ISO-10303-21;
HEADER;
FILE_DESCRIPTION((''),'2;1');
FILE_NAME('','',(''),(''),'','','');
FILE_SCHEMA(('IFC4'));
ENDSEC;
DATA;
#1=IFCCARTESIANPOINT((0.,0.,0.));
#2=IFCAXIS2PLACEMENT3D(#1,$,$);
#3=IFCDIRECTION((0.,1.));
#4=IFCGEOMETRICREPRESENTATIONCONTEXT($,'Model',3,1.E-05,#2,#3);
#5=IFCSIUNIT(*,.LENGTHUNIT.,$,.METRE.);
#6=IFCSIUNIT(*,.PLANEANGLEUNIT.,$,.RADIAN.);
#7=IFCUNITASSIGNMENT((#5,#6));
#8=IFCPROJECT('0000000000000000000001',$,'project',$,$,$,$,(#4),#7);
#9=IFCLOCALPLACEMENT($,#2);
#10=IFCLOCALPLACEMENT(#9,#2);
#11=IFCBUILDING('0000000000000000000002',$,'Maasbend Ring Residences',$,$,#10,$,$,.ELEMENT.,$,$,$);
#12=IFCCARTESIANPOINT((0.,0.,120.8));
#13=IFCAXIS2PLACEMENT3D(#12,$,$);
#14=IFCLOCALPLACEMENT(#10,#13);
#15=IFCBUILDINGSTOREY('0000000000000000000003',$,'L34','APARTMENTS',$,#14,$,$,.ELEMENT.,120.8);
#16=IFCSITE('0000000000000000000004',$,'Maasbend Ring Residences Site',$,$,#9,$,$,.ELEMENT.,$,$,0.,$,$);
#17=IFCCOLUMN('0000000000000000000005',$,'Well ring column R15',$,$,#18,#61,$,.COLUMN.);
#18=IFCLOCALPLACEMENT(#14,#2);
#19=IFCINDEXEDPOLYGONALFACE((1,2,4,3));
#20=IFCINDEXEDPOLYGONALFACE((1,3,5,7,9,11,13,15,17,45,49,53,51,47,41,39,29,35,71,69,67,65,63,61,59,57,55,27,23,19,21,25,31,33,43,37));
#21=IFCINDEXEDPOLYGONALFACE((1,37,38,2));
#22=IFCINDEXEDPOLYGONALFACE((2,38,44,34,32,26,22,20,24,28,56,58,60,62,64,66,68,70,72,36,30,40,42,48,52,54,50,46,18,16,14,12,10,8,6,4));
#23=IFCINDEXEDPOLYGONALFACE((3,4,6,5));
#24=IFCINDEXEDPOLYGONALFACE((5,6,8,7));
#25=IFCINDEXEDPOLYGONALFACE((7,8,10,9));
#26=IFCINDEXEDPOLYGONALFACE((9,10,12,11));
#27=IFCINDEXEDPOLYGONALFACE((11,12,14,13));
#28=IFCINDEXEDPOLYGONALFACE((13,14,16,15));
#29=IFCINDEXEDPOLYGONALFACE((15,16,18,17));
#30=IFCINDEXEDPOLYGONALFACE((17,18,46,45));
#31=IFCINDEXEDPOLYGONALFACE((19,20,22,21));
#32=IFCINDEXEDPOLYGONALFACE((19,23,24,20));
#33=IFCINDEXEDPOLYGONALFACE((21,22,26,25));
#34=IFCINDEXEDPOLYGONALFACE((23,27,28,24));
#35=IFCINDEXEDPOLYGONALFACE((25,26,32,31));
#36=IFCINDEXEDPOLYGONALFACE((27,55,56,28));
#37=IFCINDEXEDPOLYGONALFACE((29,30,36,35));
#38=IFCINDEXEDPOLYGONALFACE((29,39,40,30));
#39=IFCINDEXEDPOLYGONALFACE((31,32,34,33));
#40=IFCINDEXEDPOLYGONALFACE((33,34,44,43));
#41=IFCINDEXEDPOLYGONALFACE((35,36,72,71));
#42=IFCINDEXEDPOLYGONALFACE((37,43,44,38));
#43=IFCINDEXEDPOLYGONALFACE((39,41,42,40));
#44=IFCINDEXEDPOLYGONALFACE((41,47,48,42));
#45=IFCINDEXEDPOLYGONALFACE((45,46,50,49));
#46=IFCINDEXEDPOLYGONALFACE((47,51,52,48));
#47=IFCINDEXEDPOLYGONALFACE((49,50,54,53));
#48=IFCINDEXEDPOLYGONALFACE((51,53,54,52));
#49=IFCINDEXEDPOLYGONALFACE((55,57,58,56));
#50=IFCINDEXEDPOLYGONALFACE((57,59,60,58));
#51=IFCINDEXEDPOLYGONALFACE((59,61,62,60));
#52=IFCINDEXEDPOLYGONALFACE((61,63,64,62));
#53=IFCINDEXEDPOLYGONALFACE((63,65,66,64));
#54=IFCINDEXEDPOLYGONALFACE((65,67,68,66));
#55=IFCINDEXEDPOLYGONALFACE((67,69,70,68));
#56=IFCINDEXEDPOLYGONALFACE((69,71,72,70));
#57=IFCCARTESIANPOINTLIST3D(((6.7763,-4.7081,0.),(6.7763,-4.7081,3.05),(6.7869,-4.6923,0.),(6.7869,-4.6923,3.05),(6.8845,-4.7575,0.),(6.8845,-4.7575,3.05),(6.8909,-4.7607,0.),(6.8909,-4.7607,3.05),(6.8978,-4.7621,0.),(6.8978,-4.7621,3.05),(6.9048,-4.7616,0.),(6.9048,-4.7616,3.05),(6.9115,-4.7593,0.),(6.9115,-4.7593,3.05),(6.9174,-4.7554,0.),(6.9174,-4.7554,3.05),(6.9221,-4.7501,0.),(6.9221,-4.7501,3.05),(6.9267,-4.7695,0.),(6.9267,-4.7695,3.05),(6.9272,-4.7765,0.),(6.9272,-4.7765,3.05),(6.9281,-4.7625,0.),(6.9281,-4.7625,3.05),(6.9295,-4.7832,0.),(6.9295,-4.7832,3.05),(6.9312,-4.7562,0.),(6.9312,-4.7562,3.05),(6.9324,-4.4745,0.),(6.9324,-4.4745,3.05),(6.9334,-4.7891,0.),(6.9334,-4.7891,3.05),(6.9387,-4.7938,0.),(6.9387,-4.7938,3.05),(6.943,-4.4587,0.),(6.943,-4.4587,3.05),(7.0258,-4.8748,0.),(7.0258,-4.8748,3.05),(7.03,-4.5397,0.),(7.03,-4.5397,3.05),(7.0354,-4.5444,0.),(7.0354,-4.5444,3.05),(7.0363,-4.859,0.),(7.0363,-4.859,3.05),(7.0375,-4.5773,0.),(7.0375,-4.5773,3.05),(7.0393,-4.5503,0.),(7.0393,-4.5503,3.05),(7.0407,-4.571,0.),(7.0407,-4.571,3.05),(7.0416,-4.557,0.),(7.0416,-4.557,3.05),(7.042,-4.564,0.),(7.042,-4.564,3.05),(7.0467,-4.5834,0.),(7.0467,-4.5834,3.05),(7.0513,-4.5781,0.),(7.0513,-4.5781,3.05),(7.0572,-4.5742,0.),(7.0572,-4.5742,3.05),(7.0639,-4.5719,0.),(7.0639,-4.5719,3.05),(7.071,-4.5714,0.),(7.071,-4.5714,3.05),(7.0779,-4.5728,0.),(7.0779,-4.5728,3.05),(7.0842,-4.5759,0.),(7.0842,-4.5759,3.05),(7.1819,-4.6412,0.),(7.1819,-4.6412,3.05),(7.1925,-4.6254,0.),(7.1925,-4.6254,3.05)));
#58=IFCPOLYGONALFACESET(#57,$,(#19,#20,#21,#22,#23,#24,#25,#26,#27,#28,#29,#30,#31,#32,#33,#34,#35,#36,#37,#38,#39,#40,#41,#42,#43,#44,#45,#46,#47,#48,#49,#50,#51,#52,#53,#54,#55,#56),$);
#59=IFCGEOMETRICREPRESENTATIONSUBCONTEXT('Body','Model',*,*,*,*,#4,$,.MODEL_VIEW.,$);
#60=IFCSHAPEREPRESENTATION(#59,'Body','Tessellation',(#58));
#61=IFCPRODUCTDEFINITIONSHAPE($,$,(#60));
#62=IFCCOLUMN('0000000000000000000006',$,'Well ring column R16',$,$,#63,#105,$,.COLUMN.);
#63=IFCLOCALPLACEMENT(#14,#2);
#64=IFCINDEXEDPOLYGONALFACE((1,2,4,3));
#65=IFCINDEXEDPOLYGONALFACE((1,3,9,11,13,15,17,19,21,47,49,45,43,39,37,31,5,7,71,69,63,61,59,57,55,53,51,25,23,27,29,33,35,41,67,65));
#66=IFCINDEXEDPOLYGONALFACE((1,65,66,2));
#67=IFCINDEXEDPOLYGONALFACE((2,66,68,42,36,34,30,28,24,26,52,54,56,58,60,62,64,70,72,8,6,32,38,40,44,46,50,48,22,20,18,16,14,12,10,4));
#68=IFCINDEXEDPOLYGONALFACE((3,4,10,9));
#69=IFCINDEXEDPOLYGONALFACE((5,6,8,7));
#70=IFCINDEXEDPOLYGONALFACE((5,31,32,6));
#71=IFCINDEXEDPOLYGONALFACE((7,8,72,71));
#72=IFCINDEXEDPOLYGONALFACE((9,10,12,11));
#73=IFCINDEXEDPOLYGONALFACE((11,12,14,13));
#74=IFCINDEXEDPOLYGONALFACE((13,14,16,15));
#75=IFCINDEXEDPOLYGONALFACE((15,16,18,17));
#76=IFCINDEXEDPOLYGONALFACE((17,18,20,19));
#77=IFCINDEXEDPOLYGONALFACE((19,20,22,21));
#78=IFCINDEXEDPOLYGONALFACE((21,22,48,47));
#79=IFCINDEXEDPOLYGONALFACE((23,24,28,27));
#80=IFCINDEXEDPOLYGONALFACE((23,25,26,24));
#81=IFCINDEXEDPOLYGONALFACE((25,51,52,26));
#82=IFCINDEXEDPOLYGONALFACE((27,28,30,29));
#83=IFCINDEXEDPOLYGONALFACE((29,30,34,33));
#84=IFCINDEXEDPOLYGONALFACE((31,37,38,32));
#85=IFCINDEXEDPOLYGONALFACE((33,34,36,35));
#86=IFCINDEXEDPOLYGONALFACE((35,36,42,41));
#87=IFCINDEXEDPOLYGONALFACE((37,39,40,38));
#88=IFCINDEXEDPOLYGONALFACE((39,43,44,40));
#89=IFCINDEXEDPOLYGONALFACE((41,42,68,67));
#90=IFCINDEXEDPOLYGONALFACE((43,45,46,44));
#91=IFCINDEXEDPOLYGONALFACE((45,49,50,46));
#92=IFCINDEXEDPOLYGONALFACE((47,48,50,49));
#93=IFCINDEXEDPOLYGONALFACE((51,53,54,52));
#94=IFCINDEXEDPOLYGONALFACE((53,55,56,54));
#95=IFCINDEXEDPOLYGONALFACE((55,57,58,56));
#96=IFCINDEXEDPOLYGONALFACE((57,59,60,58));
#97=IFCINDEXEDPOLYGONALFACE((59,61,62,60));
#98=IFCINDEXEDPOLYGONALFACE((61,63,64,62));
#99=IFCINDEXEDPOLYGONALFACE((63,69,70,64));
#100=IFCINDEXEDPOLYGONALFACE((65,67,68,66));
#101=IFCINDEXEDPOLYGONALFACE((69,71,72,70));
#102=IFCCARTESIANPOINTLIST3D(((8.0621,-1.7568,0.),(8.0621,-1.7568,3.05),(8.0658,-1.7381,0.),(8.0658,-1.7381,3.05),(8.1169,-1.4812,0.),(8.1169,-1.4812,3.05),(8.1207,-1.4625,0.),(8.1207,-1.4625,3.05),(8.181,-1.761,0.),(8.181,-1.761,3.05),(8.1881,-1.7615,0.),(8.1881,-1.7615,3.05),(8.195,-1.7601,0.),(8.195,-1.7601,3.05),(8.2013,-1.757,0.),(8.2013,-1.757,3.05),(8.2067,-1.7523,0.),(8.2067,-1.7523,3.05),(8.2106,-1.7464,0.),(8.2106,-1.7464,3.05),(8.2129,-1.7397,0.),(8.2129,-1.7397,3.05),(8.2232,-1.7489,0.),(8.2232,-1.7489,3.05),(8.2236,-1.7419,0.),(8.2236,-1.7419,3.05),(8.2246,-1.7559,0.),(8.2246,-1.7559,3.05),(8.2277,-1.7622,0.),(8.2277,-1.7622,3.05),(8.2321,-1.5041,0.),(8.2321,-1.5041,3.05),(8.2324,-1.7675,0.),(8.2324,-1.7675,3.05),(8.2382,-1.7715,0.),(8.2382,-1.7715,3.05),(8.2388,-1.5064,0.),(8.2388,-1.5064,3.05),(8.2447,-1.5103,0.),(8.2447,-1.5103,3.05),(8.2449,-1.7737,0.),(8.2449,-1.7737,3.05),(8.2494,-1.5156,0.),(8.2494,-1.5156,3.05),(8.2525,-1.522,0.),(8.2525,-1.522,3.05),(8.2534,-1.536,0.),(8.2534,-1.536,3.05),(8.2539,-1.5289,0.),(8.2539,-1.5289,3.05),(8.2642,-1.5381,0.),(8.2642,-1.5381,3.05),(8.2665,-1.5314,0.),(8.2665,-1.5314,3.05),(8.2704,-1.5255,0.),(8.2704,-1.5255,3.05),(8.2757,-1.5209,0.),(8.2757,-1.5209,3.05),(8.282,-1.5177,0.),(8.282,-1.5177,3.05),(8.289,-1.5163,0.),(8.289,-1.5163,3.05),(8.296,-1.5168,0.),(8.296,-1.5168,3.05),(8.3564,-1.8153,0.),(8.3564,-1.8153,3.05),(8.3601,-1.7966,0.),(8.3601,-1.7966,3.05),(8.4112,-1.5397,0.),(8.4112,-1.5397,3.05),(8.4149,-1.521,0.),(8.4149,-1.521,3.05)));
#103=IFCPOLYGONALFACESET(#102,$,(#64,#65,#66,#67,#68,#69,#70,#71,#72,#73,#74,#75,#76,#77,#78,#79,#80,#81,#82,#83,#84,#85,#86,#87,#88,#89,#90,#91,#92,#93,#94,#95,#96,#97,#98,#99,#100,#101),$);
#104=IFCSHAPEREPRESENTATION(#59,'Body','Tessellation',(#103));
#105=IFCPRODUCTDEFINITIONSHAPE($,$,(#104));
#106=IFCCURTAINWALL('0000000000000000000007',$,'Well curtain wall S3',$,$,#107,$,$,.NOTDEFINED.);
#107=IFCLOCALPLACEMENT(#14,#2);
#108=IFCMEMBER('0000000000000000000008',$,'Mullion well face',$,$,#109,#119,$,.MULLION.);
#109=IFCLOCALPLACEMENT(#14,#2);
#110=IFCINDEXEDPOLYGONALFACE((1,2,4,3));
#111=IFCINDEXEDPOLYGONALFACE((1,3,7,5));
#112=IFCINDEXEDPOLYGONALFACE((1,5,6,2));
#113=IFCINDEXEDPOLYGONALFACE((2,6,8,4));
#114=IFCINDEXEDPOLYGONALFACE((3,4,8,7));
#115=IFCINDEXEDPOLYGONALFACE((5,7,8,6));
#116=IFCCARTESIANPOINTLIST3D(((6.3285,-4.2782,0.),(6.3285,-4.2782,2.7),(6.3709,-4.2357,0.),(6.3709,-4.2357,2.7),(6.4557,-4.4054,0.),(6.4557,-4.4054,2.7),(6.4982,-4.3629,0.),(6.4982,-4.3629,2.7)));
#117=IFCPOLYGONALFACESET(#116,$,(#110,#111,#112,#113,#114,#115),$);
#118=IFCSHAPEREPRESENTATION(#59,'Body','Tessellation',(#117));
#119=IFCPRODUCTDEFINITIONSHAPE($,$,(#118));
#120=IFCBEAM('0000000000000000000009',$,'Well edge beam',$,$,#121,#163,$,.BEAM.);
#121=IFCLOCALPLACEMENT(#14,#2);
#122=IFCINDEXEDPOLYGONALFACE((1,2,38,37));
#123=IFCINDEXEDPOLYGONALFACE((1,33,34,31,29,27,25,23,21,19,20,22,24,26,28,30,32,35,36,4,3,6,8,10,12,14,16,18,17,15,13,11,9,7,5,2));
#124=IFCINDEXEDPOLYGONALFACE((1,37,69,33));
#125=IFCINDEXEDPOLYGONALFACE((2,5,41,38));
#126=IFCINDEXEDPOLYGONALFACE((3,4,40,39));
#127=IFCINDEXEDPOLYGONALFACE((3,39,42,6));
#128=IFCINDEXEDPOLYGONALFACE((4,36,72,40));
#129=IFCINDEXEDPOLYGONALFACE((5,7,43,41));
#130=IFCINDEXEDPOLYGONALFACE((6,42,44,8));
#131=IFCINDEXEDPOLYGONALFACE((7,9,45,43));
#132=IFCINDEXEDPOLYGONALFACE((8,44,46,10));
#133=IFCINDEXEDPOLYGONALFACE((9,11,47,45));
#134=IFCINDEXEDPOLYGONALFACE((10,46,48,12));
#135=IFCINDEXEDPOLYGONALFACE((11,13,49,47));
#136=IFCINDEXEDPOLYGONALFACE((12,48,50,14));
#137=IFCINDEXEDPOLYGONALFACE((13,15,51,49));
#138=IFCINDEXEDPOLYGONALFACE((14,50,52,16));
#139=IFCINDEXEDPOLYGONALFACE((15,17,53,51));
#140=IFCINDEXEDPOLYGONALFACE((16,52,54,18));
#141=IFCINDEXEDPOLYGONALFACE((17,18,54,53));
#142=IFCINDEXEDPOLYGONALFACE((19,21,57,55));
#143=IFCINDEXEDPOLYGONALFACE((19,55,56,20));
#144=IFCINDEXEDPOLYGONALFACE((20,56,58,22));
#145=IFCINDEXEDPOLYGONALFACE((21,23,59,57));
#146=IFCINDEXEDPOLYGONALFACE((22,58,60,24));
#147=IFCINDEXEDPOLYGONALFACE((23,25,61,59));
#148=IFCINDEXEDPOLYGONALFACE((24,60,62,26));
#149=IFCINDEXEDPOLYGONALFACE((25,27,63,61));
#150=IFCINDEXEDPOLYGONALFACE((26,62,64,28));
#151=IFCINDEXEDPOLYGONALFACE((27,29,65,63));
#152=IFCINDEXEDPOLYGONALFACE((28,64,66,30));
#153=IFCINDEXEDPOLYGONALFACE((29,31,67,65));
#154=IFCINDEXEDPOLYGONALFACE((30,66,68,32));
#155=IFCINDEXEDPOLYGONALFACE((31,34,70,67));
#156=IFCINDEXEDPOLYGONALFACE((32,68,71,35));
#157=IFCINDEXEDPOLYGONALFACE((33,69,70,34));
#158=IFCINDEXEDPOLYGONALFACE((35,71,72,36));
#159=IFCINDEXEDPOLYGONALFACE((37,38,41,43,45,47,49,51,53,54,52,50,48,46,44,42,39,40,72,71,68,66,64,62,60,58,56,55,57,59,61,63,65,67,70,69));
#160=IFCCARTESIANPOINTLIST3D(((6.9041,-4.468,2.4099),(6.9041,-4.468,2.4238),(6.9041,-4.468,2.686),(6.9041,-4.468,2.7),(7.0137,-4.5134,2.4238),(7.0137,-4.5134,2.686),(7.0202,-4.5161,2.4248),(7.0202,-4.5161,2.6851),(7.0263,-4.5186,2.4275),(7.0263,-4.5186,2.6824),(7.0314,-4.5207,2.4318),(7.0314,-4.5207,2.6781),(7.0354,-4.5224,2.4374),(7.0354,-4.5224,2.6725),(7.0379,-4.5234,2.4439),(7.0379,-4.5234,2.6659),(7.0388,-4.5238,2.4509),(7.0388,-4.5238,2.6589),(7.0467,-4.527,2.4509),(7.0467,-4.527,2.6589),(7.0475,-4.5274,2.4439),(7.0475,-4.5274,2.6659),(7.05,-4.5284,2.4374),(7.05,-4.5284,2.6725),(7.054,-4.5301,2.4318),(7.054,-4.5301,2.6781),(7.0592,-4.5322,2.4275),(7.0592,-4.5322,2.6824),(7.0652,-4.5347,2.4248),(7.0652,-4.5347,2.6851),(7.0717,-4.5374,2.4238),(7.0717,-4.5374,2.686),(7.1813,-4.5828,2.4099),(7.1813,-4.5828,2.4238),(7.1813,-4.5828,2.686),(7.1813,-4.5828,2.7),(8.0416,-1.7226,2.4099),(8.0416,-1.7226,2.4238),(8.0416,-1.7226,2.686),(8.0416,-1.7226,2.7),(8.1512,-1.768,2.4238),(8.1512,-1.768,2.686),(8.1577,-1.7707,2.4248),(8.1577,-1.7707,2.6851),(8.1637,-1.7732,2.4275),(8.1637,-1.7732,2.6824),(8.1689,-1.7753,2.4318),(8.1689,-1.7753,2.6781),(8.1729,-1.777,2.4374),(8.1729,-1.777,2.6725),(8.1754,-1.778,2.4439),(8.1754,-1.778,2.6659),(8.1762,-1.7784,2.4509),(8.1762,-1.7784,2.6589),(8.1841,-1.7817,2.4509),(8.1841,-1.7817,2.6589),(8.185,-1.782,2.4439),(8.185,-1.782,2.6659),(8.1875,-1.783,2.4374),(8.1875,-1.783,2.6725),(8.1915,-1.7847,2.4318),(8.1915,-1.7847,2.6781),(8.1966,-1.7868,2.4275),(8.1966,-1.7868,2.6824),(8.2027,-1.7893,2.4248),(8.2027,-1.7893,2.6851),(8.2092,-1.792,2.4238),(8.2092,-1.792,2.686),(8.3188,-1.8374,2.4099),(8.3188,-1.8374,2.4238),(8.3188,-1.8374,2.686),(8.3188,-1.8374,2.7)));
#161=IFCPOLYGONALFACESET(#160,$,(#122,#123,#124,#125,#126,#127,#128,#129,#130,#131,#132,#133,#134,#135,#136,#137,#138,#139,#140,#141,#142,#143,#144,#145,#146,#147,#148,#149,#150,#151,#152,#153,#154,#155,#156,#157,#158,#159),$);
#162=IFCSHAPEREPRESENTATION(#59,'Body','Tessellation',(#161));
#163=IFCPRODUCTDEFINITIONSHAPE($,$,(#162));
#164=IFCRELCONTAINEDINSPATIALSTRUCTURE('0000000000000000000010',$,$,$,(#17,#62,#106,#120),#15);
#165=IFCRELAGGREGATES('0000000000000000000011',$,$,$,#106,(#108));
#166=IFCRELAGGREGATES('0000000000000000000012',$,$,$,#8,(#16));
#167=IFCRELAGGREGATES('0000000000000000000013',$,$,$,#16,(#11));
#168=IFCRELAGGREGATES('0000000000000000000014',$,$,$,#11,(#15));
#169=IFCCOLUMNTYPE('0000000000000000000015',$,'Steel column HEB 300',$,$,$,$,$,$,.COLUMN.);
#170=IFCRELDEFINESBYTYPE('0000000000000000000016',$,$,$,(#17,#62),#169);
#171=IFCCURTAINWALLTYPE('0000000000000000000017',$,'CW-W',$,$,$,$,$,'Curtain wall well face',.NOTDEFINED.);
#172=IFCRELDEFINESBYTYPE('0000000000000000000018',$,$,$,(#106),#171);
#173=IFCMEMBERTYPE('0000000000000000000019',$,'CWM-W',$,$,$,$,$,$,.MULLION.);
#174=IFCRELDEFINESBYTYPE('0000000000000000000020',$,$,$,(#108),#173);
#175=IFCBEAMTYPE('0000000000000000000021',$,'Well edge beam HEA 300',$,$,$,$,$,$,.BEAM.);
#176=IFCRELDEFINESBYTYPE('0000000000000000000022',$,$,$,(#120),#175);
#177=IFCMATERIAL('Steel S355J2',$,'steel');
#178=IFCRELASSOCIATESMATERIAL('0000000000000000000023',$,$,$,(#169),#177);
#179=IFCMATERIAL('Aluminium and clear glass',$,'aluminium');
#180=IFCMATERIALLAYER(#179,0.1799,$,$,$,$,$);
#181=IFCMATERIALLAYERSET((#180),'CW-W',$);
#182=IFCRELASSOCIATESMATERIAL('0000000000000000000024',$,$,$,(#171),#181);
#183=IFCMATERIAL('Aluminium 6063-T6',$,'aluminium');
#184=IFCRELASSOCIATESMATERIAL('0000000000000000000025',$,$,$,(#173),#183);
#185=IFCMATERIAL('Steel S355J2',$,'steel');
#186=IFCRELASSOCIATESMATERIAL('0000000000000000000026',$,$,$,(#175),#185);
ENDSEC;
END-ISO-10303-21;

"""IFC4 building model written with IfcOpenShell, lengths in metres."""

from ifc_helpers import new_model, si_unit, direction, frame, origin, origin_2d, place, context, subcontext, project, spatial, rectangle, i_section, extrude, material, layer, layer_set, material_profile, profile_set, type_object, element, aggregate, save


model = new_model("IFC4")

# Units and contexts
model_context = context("Model", 3, precision=1e-05, world=origin(), true_north=direction((0.0, 1.0)))
body_context = subcontext(model_context, "Body", "Model", "MODEL_VIEW")
ifc_project = project(units=[si_unit("LENGTHUNIT", "METRE"), si_unit("PLANEANGLEUNIT", "RADIAN")], contexts=[model_context])

# Site, building, storey
site_placement = place(None, origin())
site = spatial("IfcSite", under=ifc_project, at=site_placement, Name="Maasbend Ring Residences Site", CompositionType="ELEMENT", RefElevation=0.0)
building_placement = place(site_placement, origin())
building = spatial("IfcBuilding", under=site, at=building_placement, Name="Maasbend Ring Residences", CompositionType="ELEMENT")
storey_placement = place(building_placement, frame((0.0, 0.0, 120.8)))
storey = spatial("IfcBuildingStorey", under=building, at=storey_placement, Name="L34", Description="APARTMENTS", CompositionType="ELEMENT", Elevation=120.8)

# Columns
ifc_material_1 = material(Name="Steel S355J2", Category="steel")
ifc_material_profile_1 = material_profile(ifc_material_1, i_section(OverallWidth=0.3, OverallDepth=0.3, WebThickness=0.011, FlangeThickness=0.019, FilletRadius=0.0271, at=origin_2d()), Name="HEB 300")
ifc_profile_set_1 = profile_set([ifc_material_profile_1], Name="Steel S355J2")
column_type = type_object("IfcColumnType", Name="Steel column HEB 300", PredefinedType="COLUMN", material=ifc_profile_set_1)
for number, where, z_axis, x_axis, name in (
    (1, (6.9844, -4.6667, 0.0), (0.0, 0.0, 1.0), (0.83147, -0.55557, 0.0), "Well ring column R15"),
    (2, (8.2385, -1.6389, 0.0), (0.0, 0.0, 1.0), (0.980785, -0.19509, 0.0), "Well ring column R16"),
):
    element("IfcColumn", number, at=place(storey_placement, frame(where, z_axis=z_axis, x_axis=x_axis)), inside=storey, type_object=column_type, Name=name, PredefinedType="COLUMN", context=body_context, shape_type="SweptSolid", body=[
        extrude(i_section(OverallWidth=0.3, OverallDepth=0.3, WebThickness=0.011, FlangeThickness=0.019, FilletRadius=0.0271, at=origin_2d()), origin(), (0.0, 0.0, 1.0), 3.05),
    ])

# Curtain wall, member
ifc_material_2 = material(Name="Aluminium and clear glass", Category="aluminium")
ifc_layer_1 = layer(ifc_material_2, 0.1799)
ifc_layer_set_1 = layer_set([ifc_layer_1], Name="CW-W")
curtain_wall_type = type_object("IfcCurtainWallType", Name="CW-W", ElementType="Curtain wall well face", PredefinedType="NOTDEFINED", material=ifc_layer_set_1)
curtain_wall_placement = place(storey_placement, origin())
curtain_wall = element("IfcCurtainWall", 3, at=curtain_wall_placement, inside=storey, type_object=curtain_wall_type, Name="Well curtain wall S3", PredefinedType="NOTDEFINED")
ifc_material_3 = material(Name="Aluminium 6063-T6", Category="aluminium")
ifc_material_profile_2 = material_profile(ifc_material_3, rectangle(XDim=0.1799, YDim=0.0601, at=origin_2d()), Name="AL 180x60")
ifc_profile_set_2 = profile_set([ifc_material_profile_2], Name="Aluminium 6063-T6")
member_type = type_object("IfcMemberType", Name="CWM-W", PredefinedType="MULLION", material=ifc_profile_set_2)
member_placement = place(storey_placement, frame((6.4133, -4.3206, 0.0), z_axis=(0.0, 0.0, 1.0), x_axis=(-0.707107, 0.707107, 0.0)))
member = element("IfcMember", 4, at=member_placement, type_object=member_type, Name="Mullion well face", PredefinedType="MULLION", context=body_context, shape_type="SweptSolid", body=[
    extrude(rectangle(XDim=0.1799, YDim=0.0601, at=origin_2d()), origin(), (0.0, 0.0, 1.0), 2.7),
])
aggregate(curtain_wall, [member])

# Beam
ifc_material_4 = material(Name="Steel S355J2", Category="steel")
ifc_material_profile_3 = material_profile(ifc_material_4, i_section(OverallWidth=0.3, OverallDepth=0.29, WebThickness=0.0085, FlangeThickness=0.0139, FilletRadius=0.0271, at=origin_2d()), Name="HEA 300")
ifc_profile_set_3 = profile_set([ifc_material_profile_3], Name="Steel S355J2")
beam_type = type_object("IfcBeamType", Name="Well edge beam HEA 300", PredefinedType="BEAM", material=ifc_profile_set_3)
for number, where, z_axis, x_axis, name in (
    (5, (7.0427, -4.5254, 2.5549), (0.382765, 0.923846, 0.0), (-0.923846, 0.382765, 0.0), "Well edge beam"),
):
    element("IfcBeam", number, at=place(storey_placement, frame(where, z_axis=z_axis, x_axis=x_axis)), inside=storey, type_object=beam_type, Name=name, PredefinedType="BEAM", context=body_context, shape_type="SweptSolid", body=[
        extrude(i_section(OverallWidth=0.3, OverallDepth=0.29, WebThickness=0.0085, FlangeThickness=0.0139, FilletRadius=0.0271, at=origin_2d()), origin(), (0.0, 0.0, 1.0), 2.9717),
    ])

save(model, "model.ifc")
